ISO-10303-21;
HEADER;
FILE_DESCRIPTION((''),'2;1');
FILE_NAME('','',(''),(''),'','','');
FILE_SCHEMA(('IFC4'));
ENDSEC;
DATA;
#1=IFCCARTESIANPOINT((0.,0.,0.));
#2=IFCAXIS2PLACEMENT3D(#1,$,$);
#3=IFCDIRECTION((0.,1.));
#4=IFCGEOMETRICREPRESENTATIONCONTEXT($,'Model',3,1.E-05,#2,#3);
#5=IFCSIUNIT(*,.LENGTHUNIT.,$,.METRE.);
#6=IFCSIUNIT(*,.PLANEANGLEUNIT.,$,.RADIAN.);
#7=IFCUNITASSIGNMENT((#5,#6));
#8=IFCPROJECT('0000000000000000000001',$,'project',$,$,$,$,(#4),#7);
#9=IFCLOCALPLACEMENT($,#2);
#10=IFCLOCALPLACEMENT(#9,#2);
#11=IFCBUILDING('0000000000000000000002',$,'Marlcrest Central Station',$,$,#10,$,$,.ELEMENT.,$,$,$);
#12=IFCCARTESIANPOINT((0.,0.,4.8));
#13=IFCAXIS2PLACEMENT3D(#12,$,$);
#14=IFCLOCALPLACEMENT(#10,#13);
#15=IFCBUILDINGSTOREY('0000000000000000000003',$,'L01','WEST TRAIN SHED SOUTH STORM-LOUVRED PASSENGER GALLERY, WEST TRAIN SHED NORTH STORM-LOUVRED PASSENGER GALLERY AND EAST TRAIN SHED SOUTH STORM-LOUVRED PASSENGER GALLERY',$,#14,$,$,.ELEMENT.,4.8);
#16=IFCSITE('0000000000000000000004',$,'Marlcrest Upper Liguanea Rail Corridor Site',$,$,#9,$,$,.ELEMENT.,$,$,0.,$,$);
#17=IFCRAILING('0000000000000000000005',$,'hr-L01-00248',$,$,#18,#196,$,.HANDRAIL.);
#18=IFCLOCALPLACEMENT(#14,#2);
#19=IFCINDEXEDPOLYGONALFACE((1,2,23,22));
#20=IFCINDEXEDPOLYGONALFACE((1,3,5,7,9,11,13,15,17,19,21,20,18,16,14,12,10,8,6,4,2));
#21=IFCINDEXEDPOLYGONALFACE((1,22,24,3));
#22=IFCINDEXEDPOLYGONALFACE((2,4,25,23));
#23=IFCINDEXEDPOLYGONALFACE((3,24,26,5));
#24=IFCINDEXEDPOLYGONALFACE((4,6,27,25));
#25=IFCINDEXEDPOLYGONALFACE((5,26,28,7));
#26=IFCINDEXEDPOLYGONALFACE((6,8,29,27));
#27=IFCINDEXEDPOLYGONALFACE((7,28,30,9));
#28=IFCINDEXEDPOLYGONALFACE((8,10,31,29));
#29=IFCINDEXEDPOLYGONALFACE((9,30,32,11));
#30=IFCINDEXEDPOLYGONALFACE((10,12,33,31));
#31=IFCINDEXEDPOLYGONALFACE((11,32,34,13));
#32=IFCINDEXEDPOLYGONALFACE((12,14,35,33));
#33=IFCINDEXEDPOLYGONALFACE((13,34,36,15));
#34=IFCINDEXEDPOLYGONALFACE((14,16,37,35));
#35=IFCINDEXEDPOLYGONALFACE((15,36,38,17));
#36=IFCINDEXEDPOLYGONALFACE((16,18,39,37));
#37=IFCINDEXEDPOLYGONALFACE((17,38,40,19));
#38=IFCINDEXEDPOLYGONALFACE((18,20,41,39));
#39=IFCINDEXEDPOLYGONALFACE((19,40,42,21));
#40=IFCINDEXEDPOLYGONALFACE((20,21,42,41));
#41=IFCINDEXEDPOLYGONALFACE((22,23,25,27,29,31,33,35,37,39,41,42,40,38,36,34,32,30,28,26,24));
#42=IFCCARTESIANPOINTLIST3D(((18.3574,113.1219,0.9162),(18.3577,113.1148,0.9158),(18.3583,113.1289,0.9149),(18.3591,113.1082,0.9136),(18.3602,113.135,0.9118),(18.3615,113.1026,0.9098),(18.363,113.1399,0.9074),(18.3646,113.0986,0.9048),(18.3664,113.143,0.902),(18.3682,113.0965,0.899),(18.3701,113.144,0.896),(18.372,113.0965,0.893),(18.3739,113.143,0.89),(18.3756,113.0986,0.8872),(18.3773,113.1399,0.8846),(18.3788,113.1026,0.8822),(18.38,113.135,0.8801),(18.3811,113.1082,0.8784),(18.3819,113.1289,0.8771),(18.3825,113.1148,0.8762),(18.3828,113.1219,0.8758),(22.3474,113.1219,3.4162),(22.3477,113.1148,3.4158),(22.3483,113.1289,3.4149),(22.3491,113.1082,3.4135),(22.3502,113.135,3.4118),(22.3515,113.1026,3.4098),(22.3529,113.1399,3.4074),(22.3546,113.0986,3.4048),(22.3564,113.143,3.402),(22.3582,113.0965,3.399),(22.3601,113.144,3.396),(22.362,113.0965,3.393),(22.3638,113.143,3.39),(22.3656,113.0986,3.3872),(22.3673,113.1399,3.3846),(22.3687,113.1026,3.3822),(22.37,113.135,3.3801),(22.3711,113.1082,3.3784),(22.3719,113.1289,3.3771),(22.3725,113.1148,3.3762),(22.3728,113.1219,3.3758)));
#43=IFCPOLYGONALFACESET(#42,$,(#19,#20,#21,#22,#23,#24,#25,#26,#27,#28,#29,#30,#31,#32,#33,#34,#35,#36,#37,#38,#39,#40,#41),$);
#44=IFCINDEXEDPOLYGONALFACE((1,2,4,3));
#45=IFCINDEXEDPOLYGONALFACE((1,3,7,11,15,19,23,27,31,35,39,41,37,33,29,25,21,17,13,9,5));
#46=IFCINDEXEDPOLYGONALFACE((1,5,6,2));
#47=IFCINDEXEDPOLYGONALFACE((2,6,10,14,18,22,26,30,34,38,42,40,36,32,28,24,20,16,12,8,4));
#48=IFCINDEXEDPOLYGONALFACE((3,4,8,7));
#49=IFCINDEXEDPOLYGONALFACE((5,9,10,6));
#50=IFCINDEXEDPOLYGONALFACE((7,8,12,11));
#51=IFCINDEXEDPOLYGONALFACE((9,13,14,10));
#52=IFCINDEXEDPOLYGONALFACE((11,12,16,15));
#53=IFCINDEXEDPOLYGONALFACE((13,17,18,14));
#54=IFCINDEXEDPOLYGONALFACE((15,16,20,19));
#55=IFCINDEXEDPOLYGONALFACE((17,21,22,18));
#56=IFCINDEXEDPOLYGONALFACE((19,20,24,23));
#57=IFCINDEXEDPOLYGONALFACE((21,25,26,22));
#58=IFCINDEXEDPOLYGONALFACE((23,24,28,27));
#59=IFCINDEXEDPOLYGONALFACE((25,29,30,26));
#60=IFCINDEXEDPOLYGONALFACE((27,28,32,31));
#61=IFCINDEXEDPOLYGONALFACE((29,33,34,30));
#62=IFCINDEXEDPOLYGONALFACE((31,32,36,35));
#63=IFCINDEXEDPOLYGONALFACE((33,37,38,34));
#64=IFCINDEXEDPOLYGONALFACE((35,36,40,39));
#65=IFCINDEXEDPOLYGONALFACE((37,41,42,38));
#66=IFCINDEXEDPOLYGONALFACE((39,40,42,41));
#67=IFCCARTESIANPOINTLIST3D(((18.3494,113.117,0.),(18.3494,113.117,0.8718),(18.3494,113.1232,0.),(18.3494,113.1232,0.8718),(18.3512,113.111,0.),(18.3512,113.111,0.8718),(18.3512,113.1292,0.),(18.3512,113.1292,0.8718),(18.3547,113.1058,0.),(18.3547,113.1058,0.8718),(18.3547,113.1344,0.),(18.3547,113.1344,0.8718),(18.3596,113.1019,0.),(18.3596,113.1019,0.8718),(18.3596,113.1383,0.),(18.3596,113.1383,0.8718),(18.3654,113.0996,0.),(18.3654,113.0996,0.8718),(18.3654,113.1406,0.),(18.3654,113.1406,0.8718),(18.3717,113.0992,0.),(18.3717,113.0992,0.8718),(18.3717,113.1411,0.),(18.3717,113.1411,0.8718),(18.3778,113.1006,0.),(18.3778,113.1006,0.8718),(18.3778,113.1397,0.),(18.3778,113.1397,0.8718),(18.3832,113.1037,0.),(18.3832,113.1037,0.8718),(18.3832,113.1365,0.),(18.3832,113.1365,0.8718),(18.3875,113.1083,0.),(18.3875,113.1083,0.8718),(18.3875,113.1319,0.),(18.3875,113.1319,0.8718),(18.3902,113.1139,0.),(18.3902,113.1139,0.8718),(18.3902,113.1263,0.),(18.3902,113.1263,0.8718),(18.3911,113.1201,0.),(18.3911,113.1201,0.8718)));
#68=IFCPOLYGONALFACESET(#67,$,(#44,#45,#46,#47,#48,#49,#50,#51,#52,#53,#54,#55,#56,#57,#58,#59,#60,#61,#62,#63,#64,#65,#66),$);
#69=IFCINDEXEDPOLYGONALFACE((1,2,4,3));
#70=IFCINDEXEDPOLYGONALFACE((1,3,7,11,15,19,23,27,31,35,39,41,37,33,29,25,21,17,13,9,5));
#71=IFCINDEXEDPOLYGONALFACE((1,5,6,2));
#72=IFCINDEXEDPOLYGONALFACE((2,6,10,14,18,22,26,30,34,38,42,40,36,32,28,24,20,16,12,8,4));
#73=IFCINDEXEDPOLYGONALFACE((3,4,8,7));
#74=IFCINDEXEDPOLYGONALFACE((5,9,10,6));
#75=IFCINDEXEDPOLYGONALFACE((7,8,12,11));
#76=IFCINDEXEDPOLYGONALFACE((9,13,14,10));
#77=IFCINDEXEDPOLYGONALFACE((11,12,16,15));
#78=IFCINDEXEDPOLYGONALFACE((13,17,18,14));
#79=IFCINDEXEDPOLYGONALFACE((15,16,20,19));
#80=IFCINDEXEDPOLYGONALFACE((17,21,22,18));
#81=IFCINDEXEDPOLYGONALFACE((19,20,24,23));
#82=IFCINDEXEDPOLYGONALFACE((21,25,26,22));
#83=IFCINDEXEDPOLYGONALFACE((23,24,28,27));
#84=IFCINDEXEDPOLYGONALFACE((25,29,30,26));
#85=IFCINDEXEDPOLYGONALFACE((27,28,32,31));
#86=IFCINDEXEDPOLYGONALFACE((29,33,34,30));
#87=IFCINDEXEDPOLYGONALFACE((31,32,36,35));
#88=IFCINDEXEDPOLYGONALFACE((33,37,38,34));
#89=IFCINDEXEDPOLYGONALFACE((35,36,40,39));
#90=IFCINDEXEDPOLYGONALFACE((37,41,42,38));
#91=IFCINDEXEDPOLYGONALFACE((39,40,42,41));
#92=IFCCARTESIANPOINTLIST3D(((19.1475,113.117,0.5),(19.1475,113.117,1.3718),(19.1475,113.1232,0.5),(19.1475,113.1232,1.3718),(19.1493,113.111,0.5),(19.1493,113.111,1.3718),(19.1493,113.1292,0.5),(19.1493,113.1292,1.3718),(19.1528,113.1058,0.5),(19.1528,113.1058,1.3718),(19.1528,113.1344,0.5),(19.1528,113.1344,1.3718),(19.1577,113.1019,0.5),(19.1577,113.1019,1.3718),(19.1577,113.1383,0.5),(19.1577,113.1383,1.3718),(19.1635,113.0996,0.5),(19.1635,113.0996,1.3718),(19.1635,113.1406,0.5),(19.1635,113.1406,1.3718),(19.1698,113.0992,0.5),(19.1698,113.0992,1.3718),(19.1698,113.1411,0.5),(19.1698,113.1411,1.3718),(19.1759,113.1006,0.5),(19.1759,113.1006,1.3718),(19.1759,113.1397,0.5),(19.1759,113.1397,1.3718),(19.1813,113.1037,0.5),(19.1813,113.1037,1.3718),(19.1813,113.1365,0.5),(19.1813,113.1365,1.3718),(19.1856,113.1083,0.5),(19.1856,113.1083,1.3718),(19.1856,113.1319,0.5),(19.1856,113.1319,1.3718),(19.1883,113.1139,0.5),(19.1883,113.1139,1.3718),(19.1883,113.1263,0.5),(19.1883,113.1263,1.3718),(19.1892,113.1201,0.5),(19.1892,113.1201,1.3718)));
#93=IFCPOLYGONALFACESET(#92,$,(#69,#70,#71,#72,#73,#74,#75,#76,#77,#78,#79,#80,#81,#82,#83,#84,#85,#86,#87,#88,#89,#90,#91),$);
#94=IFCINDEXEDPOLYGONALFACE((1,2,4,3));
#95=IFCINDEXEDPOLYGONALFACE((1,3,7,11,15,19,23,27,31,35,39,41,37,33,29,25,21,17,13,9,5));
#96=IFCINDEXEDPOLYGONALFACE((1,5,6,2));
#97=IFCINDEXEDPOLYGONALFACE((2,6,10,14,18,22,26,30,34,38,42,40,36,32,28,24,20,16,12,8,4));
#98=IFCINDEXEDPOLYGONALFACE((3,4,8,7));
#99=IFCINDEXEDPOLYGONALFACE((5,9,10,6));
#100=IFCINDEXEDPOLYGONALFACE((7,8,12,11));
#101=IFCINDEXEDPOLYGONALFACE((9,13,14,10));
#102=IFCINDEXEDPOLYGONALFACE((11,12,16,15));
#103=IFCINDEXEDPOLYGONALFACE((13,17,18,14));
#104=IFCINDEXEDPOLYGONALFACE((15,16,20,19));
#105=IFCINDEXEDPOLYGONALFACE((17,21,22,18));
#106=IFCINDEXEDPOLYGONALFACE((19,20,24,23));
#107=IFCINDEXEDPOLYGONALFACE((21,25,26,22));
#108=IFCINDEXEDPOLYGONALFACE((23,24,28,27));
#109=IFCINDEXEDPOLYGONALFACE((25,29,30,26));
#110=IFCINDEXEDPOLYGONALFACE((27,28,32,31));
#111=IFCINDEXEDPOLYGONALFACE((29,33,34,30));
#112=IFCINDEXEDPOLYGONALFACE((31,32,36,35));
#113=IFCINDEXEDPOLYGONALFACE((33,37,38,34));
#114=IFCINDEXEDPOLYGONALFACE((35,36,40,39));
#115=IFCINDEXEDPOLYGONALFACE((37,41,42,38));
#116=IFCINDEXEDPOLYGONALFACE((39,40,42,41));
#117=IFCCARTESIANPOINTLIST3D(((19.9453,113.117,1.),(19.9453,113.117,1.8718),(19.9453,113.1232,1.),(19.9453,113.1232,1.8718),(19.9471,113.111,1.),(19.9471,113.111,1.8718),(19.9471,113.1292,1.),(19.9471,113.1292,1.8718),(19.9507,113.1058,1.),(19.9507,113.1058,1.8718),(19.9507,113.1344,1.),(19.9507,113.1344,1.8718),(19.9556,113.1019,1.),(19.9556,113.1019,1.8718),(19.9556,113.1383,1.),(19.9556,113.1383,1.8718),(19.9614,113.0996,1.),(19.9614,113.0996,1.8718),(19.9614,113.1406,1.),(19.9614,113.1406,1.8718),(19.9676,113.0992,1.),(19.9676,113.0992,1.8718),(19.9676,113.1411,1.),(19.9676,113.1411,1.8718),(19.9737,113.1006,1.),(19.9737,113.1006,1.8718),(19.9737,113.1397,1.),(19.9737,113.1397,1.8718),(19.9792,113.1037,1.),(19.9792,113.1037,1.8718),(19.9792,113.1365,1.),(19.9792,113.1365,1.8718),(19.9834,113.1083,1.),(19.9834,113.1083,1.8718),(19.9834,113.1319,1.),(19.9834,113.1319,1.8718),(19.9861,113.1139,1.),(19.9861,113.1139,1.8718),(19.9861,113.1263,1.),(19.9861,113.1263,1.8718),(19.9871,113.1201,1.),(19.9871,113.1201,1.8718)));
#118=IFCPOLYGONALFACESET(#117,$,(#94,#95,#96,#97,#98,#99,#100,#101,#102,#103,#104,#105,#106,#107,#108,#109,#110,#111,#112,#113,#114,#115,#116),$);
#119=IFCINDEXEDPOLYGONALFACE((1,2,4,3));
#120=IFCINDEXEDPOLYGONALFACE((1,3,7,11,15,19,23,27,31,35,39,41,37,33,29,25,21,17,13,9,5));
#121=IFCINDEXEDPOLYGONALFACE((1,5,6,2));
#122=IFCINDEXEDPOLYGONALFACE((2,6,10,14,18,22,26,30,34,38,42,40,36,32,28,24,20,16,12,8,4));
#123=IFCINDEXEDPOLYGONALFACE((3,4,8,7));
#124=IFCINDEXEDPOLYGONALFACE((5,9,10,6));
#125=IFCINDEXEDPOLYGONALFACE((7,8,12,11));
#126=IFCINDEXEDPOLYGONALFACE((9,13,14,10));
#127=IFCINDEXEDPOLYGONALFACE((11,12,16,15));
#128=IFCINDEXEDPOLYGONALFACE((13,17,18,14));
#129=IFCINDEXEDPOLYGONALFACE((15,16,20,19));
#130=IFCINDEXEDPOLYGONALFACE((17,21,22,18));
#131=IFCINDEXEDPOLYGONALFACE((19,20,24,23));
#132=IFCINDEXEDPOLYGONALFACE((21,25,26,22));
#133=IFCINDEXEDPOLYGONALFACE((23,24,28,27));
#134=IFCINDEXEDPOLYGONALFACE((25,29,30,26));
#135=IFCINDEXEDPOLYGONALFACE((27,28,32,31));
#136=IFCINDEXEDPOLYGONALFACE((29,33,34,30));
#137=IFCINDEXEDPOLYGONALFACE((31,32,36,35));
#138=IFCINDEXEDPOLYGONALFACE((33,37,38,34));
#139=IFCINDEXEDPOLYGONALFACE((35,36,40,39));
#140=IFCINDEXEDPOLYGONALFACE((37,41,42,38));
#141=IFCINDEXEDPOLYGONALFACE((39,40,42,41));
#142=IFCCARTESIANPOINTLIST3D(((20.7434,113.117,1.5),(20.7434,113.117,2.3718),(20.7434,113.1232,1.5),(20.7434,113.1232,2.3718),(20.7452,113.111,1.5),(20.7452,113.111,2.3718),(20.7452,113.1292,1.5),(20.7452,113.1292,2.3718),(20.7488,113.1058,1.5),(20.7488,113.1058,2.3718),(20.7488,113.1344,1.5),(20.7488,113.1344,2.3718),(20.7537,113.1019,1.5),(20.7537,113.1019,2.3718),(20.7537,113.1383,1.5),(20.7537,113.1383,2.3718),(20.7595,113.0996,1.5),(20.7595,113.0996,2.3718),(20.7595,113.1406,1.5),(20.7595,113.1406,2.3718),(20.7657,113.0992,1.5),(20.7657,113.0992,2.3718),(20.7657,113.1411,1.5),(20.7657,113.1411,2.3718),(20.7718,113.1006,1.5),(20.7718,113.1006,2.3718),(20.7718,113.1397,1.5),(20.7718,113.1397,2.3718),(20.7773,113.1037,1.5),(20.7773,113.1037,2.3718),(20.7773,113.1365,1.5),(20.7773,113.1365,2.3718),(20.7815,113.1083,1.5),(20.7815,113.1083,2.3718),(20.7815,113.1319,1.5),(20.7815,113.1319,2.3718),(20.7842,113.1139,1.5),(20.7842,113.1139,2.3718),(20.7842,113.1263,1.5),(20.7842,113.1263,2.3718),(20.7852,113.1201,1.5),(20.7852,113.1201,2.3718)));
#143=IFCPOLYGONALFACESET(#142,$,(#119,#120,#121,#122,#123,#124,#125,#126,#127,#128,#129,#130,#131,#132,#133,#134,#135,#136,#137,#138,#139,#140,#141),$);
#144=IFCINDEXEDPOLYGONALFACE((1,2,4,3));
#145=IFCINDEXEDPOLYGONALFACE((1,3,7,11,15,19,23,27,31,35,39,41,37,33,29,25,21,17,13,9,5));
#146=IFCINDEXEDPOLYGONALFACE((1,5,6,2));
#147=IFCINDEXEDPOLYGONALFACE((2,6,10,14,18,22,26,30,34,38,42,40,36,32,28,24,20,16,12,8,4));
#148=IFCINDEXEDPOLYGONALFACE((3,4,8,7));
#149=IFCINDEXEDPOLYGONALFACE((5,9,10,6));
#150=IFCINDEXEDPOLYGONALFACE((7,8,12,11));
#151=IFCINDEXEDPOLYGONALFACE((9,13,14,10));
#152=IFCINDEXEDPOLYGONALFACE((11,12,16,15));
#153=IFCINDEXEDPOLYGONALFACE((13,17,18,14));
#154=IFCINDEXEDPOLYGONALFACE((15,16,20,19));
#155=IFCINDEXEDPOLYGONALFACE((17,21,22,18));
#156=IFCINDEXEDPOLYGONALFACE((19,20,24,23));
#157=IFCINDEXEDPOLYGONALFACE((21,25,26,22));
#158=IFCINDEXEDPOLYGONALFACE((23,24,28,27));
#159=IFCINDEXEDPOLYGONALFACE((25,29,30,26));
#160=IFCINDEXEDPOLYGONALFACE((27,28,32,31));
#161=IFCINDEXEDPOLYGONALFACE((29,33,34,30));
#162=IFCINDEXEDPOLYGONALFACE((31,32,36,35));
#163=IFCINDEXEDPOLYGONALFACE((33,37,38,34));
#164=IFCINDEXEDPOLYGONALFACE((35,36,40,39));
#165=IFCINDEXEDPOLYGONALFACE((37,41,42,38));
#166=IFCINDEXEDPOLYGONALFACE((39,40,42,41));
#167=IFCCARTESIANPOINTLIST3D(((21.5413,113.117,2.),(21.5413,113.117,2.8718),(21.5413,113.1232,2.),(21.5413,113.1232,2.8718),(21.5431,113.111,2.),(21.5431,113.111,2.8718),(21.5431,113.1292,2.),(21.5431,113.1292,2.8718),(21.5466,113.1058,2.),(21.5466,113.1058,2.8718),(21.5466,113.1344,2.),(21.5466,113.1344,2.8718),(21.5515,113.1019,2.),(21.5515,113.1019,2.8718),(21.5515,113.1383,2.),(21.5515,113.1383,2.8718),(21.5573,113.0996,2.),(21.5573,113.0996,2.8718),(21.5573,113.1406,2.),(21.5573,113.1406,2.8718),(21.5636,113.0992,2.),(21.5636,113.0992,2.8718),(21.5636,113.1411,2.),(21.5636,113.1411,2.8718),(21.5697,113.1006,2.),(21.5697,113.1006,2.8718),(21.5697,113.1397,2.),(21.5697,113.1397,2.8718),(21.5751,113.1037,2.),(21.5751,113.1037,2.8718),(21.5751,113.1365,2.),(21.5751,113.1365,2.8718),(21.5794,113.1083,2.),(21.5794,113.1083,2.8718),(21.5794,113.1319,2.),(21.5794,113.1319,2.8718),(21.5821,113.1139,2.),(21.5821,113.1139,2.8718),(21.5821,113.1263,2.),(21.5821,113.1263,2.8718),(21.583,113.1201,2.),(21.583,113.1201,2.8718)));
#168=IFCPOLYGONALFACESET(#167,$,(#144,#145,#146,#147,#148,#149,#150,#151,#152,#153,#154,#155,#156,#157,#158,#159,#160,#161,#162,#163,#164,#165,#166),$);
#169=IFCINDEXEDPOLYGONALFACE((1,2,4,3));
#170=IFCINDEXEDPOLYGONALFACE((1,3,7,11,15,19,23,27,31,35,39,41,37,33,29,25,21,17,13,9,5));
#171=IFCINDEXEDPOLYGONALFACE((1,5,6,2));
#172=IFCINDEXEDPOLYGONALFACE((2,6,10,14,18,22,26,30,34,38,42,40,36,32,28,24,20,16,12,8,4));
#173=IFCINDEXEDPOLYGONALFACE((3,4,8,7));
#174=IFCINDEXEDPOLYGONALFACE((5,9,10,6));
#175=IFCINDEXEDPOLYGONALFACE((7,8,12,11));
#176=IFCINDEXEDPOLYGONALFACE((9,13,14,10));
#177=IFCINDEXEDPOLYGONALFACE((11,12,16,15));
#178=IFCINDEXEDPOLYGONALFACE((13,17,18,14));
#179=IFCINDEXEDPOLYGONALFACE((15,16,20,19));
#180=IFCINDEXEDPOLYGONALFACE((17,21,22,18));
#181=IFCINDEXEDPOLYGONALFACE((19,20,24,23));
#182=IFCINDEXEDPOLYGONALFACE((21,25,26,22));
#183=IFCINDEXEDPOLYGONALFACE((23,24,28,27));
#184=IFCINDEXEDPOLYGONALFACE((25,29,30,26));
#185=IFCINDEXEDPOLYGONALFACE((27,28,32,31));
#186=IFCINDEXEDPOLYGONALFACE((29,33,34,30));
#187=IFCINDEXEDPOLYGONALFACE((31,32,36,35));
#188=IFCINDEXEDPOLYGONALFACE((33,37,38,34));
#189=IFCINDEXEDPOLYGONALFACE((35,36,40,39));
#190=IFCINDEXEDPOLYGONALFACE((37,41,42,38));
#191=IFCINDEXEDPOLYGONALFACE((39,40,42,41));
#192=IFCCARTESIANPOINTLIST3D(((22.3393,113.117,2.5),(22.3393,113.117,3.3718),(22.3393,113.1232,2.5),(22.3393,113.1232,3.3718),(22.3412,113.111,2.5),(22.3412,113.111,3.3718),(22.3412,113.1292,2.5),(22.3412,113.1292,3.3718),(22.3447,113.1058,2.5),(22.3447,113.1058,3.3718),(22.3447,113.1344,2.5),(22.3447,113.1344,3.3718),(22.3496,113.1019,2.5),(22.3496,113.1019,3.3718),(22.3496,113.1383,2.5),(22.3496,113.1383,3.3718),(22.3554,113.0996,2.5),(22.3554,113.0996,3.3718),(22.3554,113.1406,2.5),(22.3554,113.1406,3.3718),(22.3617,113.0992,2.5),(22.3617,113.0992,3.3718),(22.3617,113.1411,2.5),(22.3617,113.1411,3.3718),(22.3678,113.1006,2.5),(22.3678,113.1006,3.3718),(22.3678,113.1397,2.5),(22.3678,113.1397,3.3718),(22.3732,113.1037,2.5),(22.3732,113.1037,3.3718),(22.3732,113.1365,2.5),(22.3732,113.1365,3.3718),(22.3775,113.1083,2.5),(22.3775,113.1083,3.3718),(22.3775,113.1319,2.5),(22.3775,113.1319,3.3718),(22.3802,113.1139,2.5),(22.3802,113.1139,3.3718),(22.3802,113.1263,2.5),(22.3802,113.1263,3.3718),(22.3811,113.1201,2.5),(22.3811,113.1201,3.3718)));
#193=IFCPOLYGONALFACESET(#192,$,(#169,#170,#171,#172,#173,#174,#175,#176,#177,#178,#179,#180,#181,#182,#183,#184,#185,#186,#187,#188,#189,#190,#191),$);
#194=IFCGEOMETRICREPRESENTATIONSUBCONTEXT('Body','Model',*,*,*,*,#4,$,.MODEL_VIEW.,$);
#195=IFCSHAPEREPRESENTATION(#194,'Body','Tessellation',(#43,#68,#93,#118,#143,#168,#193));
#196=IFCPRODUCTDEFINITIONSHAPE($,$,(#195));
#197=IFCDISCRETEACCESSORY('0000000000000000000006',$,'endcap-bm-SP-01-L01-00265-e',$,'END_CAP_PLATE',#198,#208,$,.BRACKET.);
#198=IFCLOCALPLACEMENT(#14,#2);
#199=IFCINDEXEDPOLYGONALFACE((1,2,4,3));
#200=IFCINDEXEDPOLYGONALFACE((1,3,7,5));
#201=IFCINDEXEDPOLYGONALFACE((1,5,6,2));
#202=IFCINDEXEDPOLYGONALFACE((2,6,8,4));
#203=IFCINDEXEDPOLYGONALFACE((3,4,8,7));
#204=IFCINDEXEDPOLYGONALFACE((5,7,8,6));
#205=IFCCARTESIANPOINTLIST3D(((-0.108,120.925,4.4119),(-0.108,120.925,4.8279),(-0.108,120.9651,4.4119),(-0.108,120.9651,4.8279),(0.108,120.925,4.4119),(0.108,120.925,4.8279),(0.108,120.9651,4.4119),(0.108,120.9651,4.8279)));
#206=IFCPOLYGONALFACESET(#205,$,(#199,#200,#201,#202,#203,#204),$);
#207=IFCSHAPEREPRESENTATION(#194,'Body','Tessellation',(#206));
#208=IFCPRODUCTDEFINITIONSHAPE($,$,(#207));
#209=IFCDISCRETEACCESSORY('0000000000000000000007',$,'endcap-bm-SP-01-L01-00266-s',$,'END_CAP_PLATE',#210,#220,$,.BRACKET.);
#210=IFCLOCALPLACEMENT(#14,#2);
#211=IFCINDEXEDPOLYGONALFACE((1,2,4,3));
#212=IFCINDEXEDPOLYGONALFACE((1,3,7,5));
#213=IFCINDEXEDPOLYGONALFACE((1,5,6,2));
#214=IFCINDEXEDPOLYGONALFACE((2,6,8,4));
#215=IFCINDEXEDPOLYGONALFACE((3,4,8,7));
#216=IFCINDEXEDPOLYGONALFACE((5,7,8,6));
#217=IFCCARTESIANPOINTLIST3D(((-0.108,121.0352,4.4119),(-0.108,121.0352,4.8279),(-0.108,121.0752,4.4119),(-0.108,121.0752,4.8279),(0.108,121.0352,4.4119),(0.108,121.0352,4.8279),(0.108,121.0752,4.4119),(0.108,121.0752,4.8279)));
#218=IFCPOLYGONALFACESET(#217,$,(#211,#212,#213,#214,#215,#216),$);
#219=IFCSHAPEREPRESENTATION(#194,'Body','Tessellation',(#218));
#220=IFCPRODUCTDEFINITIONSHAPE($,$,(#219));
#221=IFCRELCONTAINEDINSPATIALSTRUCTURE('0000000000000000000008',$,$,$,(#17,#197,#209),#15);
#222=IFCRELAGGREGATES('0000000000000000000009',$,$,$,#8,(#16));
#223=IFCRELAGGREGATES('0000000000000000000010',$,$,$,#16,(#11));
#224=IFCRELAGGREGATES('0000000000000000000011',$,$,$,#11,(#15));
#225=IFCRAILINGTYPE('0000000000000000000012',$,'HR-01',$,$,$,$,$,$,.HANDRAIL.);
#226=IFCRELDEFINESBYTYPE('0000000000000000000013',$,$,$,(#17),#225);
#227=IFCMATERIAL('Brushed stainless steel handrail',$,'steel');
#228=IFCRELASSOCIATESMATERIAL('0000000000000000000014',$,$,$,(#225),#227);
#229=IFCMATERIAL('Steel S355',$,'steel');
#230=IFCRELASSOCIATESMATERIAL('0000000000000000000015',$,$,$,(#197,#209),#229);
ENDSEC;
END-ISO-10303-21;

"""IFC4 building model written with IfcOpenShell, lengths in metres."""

from ifc_helpers import new_model, si_unit, direction, frame, origin, origin_2d, place, context, subcontext, project, spatial, rectangle, circle, extrude, material, type_object, element, save


model = new_model("IFC4")

# Units and contexts
model_context = context("Model", 3, precision=1e-05, world=origin(), true_north=direction((0.0, 1.0)))
body_context = subcontext(model_context, "Body", "Model", "MODEL_VIEW")
ifc_project = project(units=[si_unit("LENGTHUNIT", "METRE"), si_unit("PLANEANGLEUNIT", "RADIAN")], contexts=[model_context])

# Site, building, storey
site_placement = place(None, origin())
site = spatial("IfcSite", under=ifc_project, at=site_placement, Name="Marlcrest Upper Liguanea Rail Corridor Site", CompositionType="ELEMENT", RefElevation=0.0)
building_placement = place(site_placement, origin())
building = spatial("IfcBuilding", under=site, at=building_placement, Name="Marlcrest Central Station", CompositionType="ELEMENT")
storey_placement = place(building_placement, frame((0.0, 0.0, 4.8)))
storey = spatial("IfcBuildingStorey", under=building, at=storey_placement, Name="L01", Description="WEST TRAIN SHED SOUTH STORM-LOUVRED PASSENGER GALLERY, WEST TRAIN SHED NORTH STORM-LOUVRED PASSENGER GALLERY AND EAST TRAIN SHED SOUTH STORM-LOUVRED PASSENGER GALLERY", CompositionType="ELEMENT", Elevation=4.8)

# Shared definitions
ifc_material_1 = material(Name="Steel S355", Category="steel")

# Railing
ifc_material_2 = material(Name="Brushed stainless steel handrail", Category="steel")
railing_type = type_object("IfcRailingType", Name="HR-01", PredefinedType="HANDRAIL", material=ifc_material_2)
railing_placement = place(storey_placement, frame((18.3701, 113.1201, 0.0)))
element("IfcRailing", 1, at=railing_placement, inside=storey, type_object=railing_type, Name="hr-L01-00248", PredefinedType="HANDRAIL", context=body_context, shape_type="SweptSolid", body=[
    extrude(circle(Radius=0.0239, at=origin_2d()), frame((0.0, 0.0, 0.896), z_axis=(0.847401, 0.0, 0.530954), x_axis=(0.0, 1.0, 0.0)), (0.0, 0.0, 1.0), 4.7085),
    extrude(circle(Radius=0.021, at=origin_2d()), origin(), (0.0, 0.0, 1.0), 0.8718),
    extrude(circle(Radius=0.021, at=origin_2d()), frame((0.7981, 0.0, 0.5)), (0.0, 0.0, 1.0), 0.8718),
    extrude(circle(Radius=0.021, at=origin_2d()), frame((1.5959, 0.0, 1.0)), (0.0, 0.0, 1.0), 0.8718),
    extrude(circle(Radius=0.021, at=origin_2d()), frame((2.394, 0.0, 1.5)), (0.0, 0.0, 1.0), 0.8718),
    extrude(circle(Radius=0.021, at=origin_2d()), frame((3.1919, 0.0, 2.0)), (0.0, 0.0, 1.0), 0.8718),
    extrude(circle(Radius=0.021, at=origin_2d()), frame((3.99, 0.0, 2.5)), (0.0, 0.0, 1.0), 0.8718),
])

# Discrete accessories
for number, where, z_axis, x_axis, name in (
    (2, (0.0, 120.925, 4.6199), (0.0, 1.0, 0.0), (-1.0, 0.0, 0.0), "endcap-bm-SP-01-L01-00265-e"),
    (3, (0.0, 121.0352, 4.6199), (0.0, 1.0, 0.0), (-1.0, 0.0, 0.0), "endcap-bm-SP-01-L01-00266-s"),
):
    element("IfcDiscreteAccessory", number, at=place(storey_placement, frame(where, z_axis=z_axis, x_axis=x_axis)), inside=storey, material=ifc_material_1, Name=name, ObjectType="END_CAP_PLATE", PredefinedType="BRACKET", context=body_context, shape_type="SweptSolid", body=[
        extrude(rectangle(XDim=0.2161, YDim=0.416, at=origin_2d()), origin(), (0.0, 0.0, 1.0), 0.04),
    ])

save(model, "model.ifc")
